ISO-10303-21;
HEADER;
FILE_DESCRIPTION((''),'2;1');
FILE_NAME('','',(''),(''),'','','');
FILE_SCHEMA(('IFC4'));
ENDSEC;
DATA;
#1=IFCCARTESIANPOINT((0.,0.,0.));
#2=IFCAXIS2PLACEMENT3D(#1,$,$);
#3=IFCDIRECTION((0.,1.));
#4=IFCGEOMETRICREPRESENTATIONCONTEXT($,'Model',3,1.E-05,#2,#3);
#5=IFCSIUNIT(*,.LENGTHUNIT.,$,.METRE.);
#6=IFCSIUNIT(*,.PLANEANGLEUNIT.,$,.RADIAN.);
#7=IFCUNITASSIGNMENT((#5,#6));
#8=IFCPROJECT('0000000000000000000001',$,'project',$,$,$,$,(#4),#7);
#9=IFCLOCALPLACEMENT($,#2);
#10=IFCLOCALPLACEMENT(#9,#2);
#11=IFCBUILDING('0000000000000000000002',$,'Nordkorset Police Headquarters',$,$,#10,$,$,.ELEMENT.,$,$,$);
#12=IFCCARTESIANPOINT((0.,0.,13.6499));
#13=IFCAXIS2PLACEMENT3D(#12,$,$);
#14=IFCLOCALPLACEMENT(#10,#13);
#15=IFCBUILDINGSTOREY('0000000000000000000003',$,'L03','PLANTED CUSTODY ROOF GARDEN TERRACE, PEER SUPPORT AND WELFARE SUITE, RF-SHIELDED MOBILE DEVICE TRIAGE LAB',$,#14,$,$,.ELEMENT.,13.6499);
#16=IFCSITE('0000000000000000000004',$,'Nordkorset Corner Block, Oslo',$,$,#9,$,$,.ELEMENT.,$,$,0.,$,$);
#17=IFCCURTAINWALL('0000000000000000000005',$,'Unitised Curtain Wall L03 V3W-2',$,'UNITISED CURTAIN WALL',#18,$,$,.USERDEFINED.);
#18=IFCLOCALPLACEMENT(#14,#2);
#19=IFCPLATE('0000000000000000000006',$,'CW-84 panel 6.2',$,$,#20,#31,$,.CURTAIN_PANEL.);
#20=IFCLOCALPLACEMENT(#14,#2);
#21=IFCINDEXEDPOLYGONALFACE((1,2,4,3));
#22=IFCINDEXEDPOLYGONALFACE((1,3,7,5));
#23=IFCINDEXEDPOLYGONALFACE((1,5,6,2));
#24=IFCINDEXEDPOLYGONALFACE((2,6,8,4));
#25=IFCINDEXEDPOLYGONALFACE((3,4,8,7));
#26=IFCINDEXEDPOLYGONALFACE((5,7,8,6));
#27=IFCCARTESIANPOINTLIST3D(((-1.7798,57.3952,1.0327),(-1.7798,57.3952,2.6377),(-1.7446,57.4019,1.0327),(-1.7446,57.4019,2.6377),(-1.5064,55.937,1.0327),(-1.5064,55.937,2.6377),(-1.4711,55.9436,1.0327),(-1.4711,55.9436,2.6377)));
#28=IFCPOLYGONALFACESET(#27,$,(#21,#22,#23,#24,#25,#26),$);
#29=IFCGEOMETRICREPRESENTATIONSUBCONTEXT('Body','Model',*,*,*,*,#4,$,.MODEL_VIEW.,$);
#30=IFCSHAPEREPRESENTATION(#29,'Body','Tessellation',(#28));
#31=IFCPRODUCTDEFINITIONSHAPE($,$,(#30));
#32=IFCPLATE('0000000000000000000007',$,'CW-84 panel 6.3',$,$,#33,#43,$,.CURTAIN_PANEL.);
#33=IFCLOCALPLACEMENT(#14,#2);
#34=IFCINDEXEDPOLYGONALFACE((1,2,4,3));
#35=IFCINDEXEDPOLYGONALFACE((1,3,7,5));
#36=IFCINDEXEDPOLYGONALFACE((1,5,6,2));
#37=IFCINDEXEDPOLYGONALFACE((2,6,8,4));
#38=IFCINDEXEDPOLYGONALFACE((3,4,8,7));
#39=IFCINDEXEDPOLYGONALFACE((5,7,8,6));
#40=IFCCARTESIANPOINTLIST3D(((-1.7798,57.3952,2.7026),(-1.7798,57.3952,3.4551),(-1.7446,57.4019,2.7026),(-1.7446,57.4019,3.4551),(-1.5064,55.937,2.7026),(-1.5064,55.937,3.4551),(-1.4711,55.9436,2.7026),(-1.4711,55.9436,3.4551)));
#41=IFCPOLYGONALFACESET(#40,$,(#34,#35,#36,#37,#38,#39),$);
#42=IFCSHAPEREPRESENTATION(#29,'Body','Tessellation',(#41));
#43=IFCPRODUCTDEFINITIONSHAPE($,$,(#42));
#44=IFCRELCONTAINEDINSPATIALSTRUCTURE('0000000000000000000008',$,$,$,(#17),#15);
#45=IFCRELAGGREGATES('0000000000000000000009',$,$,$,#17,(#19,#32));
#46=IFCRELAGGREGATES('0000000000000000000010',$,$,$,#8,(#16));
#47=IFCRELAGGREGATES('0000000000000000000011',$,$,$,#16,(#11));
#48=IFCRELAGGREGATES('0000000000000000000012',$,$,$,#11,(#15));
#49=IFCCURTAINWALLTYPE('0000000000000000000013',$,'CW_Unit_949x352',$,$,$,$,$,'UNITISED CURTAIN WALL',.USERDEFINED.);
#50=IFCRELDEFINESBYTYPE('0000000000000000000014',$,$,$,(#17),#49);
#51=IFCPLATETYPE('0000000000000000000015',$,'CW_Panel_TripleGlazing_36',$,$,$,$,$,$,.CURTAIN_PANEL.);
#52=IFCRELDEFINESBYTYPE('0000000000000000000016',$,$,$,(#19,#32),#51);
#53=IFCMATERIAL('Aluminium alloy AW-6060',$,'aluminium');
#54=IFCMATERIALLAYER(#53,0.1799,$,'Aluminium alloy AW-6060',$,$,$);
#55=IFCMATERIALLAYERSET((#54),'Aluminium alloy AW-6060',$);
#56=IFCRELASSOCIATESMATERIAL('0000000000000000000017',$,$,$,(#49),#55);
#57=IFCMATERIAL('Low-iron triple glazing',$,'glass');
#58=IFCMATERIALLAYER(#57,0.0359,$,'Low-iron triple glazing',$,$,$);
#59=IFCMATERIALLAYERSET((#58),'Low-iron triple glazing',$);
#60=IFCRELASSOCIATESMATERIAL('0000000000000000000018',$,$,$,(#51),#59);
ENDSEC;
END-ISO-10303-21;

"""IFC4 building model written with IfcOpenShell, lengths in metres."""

from ifc_helpers import new_model, si_unit, direction, frame, origin, origin_2d, place, context, subcontext, project, spatial, rectangle, extrude, material, layer, layer_set, type_object, element, aggregate, save


model = new_model("IFC4")

# Units and contexts
model_context = context("Model", 3, precision=1e-05, world=origin(), true_north=direction((0.0, 1.0)))
body_context = subcontext(model_context, "Body", "Model", "MODEL_VIEW")
ifc_project = project(units=[si_unit("LENGTHUNIT", "METRE"), si_unit("PLANEANGLEUNIT", "RADIAN")], contexts=[model_context])

# Site, building, storey
site_placement = place(None, origin())
site = spatial("IfcSite", under=ifc_project, at=site_placement, Name="Nordkorset Corner Block, Oslo", CompositionType="ELEMENT", RefElevation=0.0)
building_placement = place(site_placement, origin())
building = spatial("IfcBuilding", under=site, at=building_placement, Name="Nordkorset Police Headquarters", CompositionType="ELEMENT")
storey_placement = place(building_placement, frame((0.0, 0.0, 13.6499)))
storey = spatial("IfcBuildingStorey", under=building, at=storey_placement, Name="L03", Description="PLANTED CUSTODY ROOF GARDEN TERRACE, PEER SUPPORT AND WELFARE SUITE, RF-SHIELDED MOBILE DEVICE TRIAGE LAB", CompositionType="ELEMENT", Elevation=13.6499)

# Curtain wall
ifc_material_1 = material(Name="Aluminium alloy AW-6060", Category="aluminium")
ifc_layer_1 = layer(ifc_material_1, 0.1799, Name="Aluminium alloy AW-6060")
ifc_layer_set_1 = layer_set([ifc_layer_1], Name="Aluminium alloy AW-6060")
curtain_wall_type = type_object("IfcCurtainWallType", Name="CW_Unit_949x352", ElementType="UNITISED CURTAIN WALL", PredefinedType="USERDEFINED", material=ifc_layer_set_1)
curtain_wall_placement = place(storey_placement, origin())
curtain_wall = element("IfcCurtainWall", 1, at=curtain_wall_placement, inside=storey, type_object=curtain_wall_type, Name="Unitised Curtain Wall L03 V3W-2", ObjectType="UNITISED CURTAIN WALL", PredefinedType="USERDEFINED")

# Plates
ifc_material_2 = material(Name="Low-iron triple glazing", Category="glass")
ifc_layer_2 = layer(ifc_material_2, 0.0359, Name="Low-iron triple glazing")
ifc_layer_set_2 = layer_set([ifc_layer_2], Name="Low-iron triple glazing")
plate_type = type_object("IfcPlateType", Name="CW_Panel_TripleGlazing_36", PredefinedType="CURTAIN_PANEL", material=ifc_layer_set_2)
plate_1_placement = place(storey_placement, frame((-1.6255, 56.6694, 1.0327), z_axis=(0.0, 0.0, 1.0), x_axis=(-0.184289, 0.982872, 0.0)))
plate_1 = element("IfcPlate", 2, at=plate_1_placement, type_object=plate_type, Name="CW-84 panel 6.2", PredefinedType="CURTAIN_PANEL", context=body_context, shape_type="SweptSolid", body=[
    extrude(rectangle(XDim=1.4836, YDim=0.0359, at=origin_2d()), origin(), (0.0, 0.0, 1.0), 1.605),
])
plate_2_placement = place(storey_placement, frame((-1.6255, 56.6694, 2.7026), z_axis=(0.0, 0.0, 1.0), x_axis=(-0.184289, 0.982872, 0.0)))
plate_2 = element("IfcPlate", 3, at=plate_2_placement, type_object=plate_type, Name="CW-84 panel 6.3", PredefinedType="CURTAIN_PANEL", context=body_context, shape_type="SweptSolid", body=[
    extrude(rectangle(XDim=1.4836, YDim=0.0359, at=origin_2d()), origin(), (0.0, 0.0, 1.0), 0.7524),
])
aggregate(curtain_wall, [plate_1, plate_2])

save(model, "model.ifc")
